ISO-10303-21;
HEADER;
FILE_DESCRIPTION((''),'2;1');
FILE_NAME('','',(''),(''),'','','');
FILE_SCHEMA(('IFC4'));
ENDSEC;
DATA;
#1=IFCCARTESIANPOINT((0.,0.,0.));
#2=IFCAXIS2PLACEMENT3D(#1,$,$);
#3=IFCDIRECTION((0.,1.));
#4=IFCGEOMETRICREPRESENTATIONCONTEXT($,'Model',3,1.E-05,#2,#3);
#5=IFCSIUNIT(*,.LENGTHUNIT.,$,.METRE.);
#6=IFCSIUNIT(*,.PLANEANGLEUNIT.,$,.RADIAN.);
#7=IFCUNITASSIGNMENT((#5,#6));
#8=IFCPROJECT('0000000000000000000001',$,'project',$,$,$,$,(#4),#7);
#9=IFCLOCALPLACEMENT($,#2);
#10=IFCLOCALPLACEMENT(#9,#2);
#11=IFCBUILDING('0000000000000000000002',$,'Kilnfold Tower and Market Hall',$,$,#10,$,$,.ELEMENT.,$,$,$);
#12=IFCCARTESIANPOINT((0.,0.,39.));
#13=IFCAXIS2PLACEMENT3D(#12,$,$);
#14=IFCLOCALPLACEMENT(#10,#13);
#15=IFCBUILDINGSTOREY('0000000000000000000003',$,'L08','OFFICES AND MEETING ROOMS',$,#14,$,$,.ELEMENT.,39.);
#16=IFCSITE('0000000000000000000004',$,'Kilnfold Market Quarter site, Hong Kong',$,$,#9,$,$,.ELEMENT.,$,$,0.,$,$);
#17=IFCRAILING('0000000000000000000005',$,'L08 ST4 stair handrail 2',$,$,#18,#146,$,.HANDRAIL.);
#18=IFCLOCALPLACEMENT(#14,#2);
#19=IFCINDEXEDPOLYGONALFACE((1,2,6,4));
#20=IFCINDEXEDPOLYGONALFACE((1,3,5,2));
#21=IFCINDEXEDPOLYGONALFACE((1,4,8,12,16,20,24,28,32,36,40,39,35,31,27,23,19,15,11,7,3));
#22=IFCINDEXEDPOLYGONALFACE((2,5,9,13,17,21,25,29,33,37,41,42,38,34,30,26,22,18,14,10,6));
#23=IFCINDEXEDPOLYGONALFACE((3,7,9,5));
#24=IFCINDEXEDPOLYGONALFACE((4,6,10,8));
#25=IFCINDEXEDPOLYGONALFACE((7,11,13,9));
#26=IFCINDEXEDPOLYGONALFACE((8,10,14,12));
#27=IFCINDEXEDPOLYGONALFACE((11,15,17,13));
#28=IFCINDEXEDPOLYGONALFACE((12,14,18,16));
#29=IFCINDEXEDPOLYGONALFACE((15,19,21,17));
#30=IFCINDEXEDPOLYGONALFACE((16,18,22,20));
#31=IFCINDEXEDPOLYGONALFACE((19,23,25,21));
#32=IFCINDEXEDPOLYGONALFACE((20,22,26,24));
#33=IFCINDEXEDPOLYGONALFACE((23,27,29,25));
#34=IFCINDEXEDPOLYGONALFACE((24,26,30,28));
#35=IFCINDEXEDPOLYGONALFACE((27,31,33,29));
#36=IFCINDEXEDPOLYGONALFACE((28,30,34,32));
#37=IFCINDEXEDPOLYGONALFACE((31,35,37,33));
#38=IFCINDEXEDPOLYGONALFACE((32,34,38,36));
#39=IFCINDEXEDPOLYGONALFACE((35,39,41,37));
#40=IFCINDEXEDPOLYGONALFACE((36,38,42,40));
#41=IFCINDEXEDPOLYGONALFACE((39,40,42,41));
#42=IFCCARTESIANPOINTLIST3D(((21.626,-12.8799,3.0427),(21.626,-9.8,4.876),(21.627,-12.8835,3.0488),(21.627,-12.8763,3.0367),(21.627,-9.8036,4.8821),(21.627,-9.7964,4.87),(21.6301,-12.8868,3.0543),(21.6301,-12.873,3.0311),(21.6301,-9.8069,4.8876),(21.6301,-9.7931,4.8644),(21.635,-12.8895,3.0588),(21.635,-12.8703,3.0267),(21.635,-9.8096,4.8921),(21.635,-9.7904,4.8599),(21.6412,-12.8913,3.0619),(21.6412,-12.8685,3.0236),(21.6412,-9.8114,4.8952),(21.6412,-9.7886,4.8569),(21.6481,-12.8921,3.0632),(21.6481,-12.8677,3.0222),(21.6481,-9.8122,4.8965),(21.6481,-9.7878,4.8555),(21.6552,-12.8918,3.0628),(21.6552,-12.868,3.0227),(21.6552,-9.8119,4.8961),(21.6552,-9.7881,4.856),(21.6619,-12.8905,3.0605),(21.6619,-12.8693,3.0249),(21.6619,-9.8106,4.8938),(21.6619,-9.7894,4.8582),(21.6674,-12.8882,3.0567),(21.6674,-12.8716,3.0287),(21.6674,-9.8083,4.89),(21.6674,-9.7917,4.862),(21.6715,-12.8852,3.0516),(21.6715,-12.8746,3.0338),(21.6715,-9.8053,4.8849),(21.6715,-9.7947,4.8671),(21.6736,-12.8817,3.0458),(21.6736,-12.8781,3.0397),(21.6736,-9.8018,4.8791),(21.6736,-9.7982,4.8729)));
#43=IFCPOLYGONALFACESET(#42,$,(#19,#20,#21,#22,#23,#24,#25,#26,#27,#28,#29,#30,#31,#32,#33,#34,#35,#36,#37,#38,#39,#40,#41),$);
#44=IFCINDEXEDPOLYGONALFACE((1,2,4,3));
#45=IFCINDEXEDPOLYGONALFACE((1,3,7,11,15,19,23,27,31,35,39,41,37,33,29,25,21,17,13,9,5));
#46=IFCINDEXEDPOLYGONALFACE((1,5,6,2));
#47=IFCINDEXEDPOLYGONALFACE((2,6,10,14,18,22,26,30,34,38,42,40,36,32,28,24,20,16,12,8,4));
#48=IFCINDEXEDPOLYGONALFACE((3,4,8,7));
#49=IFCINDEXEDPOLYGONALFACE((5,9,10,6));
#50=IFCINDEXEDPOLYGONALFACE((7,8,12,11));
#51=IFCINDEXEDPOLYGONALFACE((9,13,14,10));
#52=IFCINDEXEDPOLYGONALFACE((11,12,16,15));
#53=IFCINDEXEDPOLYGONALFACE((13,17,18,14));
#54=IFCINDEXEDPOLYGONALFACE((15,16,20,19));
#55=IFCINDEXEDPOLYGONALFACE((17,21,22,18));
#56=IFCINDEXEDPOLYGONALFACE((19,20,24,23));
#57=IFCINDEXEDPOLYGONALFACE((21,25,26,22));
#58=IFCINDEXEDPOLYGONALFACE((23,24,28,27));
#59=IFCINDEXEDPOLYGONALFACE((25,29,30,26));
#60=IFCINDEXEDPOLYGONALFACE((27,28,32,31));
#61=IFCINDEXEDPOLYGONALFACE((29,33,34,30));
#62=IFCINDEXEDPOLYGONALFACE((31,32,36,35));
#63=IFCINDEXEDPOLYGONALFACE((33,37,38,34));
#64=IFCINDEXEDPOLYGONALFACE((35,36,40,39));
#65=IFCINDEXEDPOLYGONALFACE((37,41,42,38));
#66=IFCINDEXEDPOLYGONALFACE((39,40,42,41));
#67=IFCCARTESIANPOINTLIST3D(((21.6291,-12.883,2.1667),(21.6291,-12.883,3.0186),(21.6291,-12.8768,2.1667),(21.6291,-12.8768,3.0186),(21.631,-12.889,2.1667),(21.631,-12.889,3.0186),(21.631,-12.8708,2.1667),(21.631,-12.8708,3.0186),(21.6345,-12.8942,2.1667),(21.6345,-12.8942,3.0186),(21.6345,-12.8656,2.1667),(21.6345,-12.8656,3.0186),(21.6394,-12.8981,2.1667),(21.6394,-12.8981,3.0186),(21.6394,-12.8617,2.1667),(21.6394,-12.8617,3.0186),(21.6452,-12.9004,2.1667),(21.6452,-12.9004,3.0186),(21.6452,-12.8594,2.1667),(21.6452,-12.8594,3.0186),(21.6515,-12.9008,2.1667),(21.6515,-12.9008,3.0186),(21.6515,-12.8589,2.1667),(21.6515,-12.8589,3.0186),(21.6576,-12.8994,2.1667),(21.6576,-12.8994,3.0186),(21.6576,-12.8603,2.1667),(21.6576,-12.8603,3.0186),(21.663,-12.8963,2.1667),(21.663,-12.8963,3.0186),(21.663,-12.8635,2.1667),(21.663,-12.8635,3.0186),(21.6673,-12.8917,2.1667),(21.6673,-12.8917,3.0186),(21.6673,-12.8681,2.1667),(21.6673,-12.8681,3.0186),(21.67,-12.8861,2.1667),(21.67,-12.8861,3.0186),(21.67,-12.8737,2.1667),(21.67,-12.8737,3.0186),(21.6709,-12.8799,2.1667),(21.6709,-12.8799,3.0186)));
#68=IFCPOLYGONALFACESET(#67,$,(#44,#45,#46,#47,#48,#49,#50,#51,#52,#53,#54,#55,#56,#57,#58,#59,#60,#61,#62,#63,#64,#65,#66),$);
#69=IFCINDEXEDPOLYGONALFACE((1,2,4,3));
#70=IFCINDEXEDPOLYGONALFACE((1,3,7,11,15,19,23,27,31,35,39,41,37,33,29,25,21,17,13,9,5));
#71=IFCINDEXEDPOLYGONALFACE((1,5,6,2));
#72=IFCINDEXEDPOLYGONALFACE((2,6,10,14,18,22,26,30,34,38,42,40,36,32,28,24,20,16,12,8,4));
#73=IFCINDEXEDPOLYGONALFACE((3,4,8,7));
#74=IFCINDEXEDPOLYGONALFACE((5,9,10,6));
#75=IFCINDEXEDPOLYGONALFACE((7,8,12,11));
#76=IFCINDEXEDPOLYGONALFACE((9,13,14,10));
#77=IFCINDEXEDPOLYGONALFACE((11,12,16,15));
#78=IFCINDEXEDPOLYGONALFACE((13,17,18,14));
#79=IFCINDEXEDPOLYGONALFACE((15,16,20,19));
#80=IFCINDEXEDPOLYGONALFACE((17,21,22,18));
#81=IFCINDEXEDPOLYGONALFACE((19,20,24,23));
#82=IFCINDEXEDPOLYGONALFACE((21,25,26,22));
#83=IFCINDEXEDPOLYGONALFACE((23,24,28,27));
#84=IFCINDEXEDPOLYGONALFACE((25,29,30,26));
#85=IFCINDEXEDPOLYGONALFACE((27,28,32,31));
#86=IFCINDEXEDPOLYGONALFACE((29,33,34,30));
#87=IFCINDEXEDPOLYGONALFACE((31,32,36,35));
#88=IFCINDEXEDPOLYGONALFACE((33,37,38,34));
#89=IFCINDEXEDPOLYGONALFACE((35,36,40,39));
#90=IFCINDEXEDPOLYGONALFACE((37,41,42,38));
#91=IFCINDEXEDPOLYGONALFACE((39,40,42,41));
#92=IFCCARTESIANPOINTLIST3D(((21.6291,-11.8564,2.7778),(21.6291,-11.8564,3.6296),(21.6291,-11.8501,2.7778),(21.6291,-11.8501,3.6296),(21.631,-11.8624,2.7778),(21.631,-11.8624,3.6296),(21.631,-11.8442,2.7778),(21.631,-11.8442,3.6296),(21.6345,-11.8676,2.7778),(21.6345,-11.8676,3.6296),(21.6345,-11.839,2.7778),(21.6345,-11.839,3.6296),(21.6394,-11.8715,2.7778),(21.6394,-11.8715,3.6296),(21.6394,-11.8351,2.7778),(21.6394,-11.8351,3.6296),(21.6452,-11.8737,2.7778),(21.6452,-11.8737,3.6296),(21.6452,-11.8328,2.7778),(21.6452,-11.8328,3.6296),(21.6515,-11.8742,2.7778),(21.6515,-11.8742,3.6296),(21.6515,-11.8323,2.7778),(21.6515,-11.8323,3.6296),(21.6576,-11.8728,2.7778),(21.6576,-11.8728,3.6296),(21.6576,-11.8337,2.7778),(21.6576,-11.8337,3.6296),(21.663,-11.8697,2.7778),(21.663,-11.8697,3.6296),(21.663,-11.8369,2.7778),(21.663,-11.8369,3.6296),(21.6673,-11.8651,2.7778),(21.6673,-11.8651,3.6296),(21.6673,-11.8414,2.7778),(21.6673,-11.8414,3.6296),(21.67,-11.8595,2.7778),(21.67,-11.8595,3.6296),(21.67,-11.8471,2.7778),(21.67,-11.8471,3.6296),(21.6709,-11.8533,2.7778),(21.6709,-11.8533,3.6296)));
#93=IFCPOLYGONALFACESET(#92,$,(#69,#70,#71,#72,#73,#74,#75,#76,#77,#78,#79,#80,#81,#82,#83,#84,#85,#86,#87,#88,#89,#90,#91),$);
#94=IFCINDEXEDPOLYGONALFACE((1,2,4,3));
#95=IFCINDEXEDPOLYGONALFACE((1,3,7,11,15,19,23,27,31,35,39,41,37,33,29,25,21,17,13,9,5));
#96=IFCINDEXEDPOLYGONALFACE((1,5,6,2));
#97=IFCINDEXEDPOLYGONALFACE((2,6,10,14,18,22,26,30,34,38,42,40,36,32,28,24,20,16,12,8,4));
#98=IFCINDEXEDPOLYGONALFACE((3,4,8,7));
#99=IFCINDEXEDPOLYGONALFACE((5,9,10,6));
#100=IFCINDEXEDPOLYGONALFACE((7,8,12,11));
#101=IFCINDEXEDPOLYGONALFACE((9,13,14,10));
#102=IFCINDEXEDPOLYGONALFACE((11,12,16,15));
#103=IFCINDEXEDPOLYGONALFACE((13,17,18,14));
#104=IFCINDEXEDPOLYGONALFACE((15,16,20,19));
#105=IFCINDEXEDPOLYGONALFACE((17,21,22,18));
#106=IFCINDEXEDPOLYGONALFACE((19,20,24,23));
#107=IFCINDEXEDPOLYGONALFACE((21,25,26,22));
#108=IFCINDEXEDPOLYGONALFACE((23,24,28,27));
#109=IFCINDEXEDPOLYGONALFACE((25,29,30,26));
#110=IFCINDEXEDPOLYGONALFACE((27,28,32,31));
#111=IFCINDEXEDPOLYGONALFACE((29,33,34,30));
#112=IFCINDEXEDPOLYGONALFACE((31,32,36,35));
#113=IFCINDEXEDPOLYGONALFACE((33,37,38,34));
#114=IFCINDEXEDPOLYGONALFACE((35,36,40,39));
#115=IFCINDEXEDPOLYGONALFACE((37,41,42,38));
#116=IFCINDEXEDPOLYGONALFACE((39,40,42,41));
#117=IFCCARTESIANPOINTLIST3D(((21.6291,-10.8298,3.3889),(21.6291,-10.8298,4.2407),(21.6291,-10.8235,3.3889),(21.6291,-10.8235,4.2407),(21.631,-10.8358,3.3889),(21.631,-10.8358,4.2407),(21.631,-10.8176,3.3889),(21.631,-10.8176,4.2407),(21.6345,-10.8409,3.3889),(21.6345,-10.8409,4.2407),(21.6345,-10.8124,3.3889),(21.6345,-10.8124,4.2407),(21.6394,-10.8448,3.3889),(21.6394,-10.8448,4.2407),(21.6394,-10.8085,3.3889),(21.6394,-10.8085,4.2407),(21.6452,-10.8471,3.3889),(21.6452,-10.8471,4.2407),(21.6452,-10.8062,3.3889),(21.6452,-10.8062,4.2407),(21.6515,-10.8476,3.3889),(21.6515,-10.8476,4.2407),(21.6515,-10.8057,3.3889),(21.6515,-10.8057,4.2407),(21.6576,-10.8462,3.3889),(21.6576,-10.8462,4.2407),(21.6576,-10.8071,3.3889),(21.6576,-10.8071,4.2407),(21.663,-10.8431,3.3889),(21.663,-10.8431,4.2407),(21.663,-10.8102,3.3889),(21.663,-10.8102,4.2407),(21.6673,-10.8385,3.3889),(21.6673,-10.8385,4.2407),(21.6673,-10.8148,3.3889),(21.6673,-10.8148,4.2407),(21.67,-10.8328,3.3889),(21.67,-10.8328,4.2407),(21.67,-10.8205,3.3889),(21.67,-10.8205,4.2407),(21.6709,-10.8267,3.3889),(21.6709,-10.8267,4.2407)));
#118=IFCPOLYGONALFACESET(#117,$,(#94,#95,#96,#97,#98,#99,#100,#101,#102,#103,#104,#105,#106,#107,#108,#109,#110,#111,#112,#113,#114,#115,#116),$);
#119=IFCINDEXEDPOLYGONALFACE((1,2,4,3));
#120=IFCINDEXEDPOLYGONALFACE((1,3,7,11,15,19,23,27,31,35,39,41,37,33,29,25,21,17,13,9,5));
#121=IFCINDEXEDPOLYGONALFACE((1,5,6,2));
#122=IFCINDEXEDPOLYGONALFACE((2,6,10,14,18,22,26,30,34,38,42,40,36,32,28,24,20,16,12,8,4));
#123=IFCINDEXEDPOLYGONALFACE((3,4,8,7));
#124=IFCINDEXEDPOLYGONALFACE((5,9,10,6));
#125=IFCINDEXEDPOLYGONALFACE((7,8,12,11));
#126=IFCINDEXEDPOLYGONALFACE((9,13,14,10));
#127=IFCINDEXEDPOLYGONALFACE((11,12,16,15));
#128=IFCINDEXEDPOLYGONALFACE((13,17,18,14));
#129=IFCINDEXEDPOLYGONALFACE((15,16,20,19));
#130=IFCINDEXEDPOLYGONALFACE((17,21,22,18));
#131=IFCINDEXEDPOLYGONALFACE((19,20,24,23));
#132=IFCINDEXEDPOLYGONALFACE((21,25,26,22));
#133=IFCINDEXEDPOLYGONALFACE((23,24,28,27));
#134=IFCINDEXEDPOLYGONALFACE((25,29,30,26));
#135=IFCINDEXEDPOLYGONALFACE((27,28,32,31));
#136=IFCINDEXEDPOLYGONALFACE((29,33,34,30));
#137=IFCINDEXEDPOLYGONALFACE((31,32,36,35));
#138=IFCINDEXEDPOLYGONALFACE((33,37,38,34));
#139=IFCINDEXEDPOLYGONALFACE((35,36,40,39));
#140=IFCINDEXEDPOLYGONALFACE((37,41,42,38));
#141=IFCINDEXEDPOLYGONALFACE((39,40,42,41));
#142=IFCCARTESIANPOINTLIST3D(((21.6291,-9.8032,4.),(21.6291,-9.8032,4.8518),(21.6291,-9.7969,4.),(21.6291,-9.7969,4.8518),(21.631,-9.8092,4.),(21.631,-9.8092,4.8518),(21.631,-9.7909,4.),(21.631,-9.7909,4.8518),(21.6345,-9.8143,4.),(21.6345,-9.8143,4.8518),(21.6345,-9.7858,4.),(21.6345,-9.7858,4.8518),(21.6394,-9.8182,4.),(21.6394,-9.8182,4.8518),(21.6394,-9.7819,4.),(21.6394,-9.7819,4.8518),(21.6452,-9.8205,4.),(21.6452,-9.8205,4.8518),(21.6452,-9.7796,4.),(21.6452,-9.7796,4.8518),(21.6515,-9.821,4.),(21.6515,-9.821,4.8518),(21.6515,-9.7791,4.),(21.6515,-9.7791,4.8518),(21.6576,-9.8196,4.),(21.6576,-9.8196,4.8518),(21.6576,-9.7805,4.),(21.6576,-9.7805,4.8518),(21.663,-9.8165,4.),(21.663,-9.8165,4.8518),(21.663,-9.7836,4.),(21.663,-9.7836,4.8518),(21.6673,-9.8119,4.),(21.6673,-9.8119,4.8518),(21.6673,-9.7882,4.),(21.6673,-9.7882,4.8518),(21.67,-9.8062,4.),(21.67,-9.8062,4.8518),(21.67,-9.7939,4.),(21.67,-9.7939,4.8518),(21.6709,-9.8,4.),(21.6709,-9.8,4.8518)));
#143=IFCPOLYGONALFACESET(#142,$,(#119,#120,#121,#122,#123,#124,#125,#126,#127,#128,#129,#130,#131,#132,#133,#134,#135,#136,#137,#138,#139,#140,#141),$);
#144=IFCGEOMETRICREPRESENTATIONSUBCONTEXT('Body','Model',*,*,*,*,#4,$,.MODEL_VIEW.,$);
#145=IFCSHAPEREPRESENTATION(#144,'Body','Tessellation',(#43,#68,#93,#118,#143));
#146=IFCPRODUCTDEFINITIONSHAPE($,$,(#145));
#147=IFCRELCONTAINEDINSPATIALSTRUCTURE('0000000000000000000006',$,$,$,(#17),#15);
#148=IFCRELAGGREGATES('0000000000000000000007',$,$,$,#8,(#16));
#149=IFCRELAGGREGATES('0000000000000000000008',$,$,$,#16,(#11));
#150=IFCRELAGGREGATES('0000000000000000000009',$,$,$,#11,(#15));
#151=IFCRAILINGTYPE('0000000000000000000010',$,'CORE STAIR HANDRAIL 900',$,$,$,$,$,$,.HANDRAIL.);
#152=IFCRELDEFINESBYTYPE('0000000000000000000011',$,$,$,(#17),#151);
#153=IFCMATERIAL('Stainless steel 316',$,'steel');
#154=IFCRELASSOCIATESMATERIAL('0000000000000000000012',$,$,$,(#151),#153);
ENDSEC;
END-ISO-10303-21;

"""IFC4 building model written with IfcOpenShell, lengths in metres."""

from ifc_helpers import new_model, si_unit, direction, frame, origin, origin_2d, place, context, subcontext, project, spatial, circle, extrude, material, type_object, element, save


model = new_model("IFC4")

# Units and contexts
model_context = context("Model", 3, precision=1e-05, world=origin(), true_north=direction((0.0, 1.0)))
body_context = subcontext(model_context, "Body", "Model", "MODEL_VIEW")
ifc_project = project(units=[si_unit("LENGTHUNIT", "METRE"), si_unit("PLANEANGLEUNIT", "RADIAN")], contexts=[model_context])

# Site, building, storey
site_placement = place(None, origin())
site = spatial("IfcSite", under=ifc_project, at=site_placement, Name="Kilnfold Market Quarter site, Hong Kong", CompositionType="ELEMENT", RefElevation=0.0)
building_placement = place(site_placement, origin())
building = spatial("IfcBuilding", under=site, at=building_placement, Name="Kilnfold Tower and Market Hall", CompositionType="ELEMENT")
storey_placement = place(building_placement, frame((0.0, 0.0, 39.0)))
storey = spatial("IfcBuildingStorey", under=building, at=storey_placement, Name="L08", Description="OFFICES AND MEETING ROOMS", CompositionType="ELEMENT", Elevation=39.0)

# Railing
ifc_material_1 = material(Name="Stainless steel 316", Category="steel")
railing_type_1 = type_object("IfcRailingType", Name="CORE STAIR HANDRAIL 900", PredefinedType="HANDRAIL", material=ifc_material_1)
railing_1_placement = place(storey_placement, frame((21.6499, -12.8799, 2.1667)))
element("IfcRailing", 1, at=railing_1_placement, inside=storey, type_object=railing_type_1, Name="L08 ST4 stair handrail 2", PredefinedType="HANDRAIL", context=body_context, shape_type="SweptSolid", body=[
    extrude(circle(Radius=0.0239, at=origin_2d()), frame((0.0, 0.0, 0.876), z_axis=(0.0, 0.859291, 0.511487), x_axis=(-1.0, 0.0, 0.0)), (0.0, 0.0, 1.0), 3.5842),
    extrude(circle(Radius=0.021, at=origin_2d()), origin(), (0.0, 0.0, 1.0), 0.8518),
    extrude(circle(Radius=0.021, at=origin_2d()), frame((0.0, 1.0266, 0.6111)), (0.0, 0.0, 1.0), 0.8518),
    extrude(circle(Radius=0.021, at=origin_2d()), frame((0.0, 2.0532, 1.2222)), (0.0, 0.0, 1.0), 0.8518),
    extrude(circle(Radius=0.021, at=origin_2d()), frame((0.0, 3.0798, 1.8333)), (0.0, 0.0, 1.0), 0.8518),
])

save(model, "model.ifc")
